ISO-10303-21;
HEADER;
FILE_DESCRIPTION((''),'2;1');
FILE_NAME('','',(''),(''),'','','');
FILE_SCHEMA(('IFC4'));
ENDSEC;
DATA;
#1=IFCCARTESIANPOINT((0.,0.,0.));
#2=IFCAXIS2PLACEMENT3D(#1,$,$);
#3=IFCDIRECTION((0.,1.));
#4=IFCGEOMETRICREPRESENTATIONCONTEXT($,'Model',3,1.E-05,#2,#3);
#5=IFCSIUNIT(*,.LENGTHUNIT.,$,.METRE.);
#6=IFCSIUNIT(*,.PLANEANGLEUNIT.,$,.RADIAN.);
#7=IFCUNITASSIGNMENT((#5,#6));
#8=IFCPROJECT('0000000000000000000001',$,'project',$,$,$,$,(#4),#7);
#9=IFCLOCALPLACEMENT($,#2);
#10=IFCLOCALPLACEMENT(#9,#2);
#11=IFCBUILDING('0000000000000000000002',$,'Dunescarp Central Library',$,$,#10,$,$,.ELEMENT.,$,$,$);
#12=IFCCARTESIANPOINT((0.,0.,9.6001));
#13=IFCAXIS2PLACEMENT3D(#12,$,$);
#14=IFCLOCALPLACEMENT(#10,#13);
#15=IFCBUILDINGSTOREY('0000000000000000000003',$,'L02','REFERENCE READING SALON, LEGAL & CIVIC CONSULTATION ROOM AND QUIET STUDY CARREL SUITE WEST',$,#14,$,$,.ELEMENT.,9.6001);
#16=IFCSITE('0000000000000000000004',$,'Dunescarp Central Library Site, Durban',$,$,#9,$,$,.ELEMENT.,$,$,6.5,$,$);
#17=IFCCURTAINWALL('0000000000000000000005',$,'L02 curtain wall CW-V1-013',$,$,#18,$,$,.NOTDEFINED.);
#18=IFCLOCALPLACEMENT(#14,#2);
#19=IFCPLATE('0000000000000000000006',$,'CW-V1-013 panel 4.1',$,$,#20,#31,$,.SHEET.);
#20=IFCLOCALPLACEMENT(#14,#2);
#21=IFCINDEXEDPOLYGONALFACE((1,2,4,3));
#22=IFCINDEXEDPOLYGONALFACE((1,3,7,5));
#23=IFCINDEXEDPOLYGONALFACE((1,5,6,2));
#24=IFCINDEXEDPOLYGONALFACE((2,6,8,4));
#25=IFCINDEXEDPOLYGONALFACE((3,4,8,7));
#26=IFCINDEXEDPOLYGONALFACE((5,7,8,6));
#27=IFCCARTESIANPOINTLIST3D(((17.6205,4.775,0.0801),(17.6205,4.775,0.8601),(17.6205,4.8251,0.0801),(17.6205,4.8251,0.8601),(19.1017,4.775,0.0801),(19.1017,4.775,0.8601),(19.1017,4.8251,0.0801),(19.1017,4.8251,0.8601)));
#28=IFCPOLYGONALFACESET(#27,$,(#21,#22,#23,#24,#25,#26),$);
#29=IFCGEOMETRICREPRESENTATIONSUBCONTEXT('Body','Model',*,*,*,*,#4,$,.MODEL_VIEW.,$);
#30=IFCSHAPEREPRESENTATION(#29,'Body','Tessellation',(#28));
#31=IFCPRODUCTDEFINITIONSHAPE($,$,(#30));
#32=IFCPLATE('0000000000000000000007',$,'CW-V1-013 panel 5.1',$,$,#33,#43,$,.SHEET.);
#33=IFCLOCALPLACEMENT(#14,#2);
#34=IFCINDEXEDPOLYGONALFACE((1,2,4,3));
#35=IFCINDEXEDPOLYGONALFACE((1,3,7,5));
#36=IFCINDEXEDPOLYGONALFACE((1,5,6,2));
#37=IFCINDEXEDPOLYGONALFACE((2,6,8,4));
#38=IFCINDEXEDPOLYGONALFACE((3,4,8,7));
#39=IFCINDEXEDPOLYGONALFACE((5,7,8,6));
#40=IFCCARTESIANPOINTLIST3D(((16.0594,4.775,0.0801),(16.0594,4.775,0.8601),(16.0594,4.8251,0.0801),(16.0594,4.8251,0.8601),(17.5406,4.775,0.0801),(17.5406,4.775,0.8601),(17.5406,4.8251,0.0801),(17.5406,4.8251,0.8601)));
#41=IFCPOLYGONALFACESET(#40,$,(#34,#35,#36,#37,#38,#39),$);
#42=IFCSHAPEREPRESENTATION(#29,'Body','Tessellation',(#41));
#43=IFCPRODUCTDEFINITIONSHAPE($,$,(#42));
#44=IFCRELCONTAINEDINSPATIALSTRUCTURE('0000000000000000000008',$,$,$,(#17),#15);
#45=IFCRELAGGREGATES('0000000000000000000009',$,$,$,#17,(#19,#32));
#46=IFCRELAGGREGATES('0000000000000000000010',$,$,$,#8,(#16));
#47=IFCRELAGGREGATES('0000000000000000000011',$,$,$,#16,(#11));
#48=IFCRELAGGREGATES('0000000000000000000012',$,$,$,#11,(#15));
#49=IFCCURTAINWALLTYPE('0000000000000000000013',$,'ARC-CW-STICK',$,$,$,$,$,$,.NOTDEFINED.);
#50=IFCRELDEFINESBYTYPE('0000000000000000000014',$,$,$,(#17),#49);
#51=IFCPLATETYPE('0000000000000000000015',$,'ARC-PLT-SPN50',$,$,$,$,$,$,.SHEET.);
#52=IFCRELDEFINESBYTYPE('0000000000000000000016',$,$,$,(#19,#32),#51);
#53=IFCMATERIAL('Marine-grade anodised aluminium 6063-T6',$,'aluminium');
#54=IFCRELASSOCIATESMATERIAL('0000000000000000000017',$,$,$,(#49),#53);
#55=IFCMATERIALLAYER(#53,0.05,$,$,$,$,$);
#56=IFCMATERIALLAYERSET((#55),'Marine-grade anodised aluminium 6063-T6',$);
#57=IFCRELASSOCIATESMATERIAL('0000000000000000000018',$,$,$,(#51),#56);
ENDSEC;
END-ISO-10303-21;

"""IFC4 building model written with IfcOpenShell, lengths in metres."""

from ifc_helpers import new_model, si_unit, direction, frame, origin, origin_2d, place, context, subcontext, project, spatial, rectangle, extrude, material, layer, layer_set, type_object, element, aggregate, save


model = new_model("IFC4")

# Units and contexts
model_context = context("Model", 3, precision=1e-05, world=origin(), true_north=direction((0.0, 1.0)))
body_context = subcontext(model_context, "Body", "Model", "MODEL_VIEW")
ifc_project = project(units=[si_unit("LENGTHUNIT", "METRE"), si_unit("PLANEANGLEUNIT", "RADIAN")], contexts=[model_context])

# Site, building, storey
site_placement = place(None, origin())
site = spatial("IfcSite", under=ifc_project, at=site_placement, Name="Dunescarp Central Library Site, Durban", CompositionType="ELEMENT", RefElevation=6.5)
building_placement = place(site_placement, origin())
building = spatial("IfcBuilding", under=site, at=building_placement, Name="Dunescarp Central Library", CompositionType="ELEMENT")
storey_placement = place(building_placement, frame((0.0, 0.0, 9.6001)))
storey = spatial("IfcBuildingStorey", under=building, at=storey_placement, Name="L02", Description="REFERENCE READING SALON, LEGAL & CIVIC CONSULTATION ROOM AND QUIET STUDY CARREL SUITE WEST", CompositionType="ELEMENT", Elevation=9.6001)

# Curtain wall
ifc_material_1 = material(Name="Marine-grade anodised aluminium 6063-T6", Category="aluminium")
curtain_wall_type = type_object("IfcCurtainWallType", Name="ARC-CW-STICK", PredefinedType="NOTDEFINED", material=ifc_material_1)
curtain_wall_placement = place(storey_placement, origin())
curtain_wall = element("IfcCurtainWall", 1, at=curtain_wall_placement, inside=storey, type_object=curtain_wall_type, Name="L02 curtain wall CW-V1-013", PredefinedType="NOTDEFINED")

# Plates
ifc_layer_1 = layer(ifc_material_1, 0.05)
ifc_layer_set_1 = layer_set([ifc_layer_1], Name="Marine-grade anodised aluminium 6063-T6")
plate_type_1 = type_object("IfcPlateType", Name="ARC-PLT-SPN50", PredefinedType="SHEET", material=ifc_layer_set_1)
plate_1_placement = place(storey_placement, frame((18.3611, 4.8, 0.0801), z_axis=(0.0, 0.0, 1.0), x_axis=(-1.0, 0.0, 0.0)))
plate_1 = element("IfcPlate", 2, at=plate_1_placement, type_object=plate_type_1, Name="CW-V1-013 panel 4.1", PredefinedType="SHEET", context=body_context, shape_type="SweptSolid", body=[
    extrude(rectangle(XDim=1.4812, YDim=0.05, at=origin_2d()), origin(), (0.0, 0.0, 1.0), 0.78),
])
plate_2_placement = place(storey_placement, frame((16.8, 4.8, 0.0801), z_axis=(0.0, 0.0, 1.0), x_axis=(-1.0, 0.0, 0.0)))
plate_2 = element("IfcPlate", 3, at=plate_2_placement, type_object=plate_type_1, Name="CW-V1-013 panel 5.1", PredefinedType="SHEET", context=body_context, shape_type="SweptSolid", body=[
    extrude(rectangle(XDim=1.4812, YDim=0.05, at=origin_2d()), origin(), (0.0, 0.0, 1.0), 0.78),
])
aggregate(curtain_wall, [plate_1, plate_2])

save(model, "model.ifc")
